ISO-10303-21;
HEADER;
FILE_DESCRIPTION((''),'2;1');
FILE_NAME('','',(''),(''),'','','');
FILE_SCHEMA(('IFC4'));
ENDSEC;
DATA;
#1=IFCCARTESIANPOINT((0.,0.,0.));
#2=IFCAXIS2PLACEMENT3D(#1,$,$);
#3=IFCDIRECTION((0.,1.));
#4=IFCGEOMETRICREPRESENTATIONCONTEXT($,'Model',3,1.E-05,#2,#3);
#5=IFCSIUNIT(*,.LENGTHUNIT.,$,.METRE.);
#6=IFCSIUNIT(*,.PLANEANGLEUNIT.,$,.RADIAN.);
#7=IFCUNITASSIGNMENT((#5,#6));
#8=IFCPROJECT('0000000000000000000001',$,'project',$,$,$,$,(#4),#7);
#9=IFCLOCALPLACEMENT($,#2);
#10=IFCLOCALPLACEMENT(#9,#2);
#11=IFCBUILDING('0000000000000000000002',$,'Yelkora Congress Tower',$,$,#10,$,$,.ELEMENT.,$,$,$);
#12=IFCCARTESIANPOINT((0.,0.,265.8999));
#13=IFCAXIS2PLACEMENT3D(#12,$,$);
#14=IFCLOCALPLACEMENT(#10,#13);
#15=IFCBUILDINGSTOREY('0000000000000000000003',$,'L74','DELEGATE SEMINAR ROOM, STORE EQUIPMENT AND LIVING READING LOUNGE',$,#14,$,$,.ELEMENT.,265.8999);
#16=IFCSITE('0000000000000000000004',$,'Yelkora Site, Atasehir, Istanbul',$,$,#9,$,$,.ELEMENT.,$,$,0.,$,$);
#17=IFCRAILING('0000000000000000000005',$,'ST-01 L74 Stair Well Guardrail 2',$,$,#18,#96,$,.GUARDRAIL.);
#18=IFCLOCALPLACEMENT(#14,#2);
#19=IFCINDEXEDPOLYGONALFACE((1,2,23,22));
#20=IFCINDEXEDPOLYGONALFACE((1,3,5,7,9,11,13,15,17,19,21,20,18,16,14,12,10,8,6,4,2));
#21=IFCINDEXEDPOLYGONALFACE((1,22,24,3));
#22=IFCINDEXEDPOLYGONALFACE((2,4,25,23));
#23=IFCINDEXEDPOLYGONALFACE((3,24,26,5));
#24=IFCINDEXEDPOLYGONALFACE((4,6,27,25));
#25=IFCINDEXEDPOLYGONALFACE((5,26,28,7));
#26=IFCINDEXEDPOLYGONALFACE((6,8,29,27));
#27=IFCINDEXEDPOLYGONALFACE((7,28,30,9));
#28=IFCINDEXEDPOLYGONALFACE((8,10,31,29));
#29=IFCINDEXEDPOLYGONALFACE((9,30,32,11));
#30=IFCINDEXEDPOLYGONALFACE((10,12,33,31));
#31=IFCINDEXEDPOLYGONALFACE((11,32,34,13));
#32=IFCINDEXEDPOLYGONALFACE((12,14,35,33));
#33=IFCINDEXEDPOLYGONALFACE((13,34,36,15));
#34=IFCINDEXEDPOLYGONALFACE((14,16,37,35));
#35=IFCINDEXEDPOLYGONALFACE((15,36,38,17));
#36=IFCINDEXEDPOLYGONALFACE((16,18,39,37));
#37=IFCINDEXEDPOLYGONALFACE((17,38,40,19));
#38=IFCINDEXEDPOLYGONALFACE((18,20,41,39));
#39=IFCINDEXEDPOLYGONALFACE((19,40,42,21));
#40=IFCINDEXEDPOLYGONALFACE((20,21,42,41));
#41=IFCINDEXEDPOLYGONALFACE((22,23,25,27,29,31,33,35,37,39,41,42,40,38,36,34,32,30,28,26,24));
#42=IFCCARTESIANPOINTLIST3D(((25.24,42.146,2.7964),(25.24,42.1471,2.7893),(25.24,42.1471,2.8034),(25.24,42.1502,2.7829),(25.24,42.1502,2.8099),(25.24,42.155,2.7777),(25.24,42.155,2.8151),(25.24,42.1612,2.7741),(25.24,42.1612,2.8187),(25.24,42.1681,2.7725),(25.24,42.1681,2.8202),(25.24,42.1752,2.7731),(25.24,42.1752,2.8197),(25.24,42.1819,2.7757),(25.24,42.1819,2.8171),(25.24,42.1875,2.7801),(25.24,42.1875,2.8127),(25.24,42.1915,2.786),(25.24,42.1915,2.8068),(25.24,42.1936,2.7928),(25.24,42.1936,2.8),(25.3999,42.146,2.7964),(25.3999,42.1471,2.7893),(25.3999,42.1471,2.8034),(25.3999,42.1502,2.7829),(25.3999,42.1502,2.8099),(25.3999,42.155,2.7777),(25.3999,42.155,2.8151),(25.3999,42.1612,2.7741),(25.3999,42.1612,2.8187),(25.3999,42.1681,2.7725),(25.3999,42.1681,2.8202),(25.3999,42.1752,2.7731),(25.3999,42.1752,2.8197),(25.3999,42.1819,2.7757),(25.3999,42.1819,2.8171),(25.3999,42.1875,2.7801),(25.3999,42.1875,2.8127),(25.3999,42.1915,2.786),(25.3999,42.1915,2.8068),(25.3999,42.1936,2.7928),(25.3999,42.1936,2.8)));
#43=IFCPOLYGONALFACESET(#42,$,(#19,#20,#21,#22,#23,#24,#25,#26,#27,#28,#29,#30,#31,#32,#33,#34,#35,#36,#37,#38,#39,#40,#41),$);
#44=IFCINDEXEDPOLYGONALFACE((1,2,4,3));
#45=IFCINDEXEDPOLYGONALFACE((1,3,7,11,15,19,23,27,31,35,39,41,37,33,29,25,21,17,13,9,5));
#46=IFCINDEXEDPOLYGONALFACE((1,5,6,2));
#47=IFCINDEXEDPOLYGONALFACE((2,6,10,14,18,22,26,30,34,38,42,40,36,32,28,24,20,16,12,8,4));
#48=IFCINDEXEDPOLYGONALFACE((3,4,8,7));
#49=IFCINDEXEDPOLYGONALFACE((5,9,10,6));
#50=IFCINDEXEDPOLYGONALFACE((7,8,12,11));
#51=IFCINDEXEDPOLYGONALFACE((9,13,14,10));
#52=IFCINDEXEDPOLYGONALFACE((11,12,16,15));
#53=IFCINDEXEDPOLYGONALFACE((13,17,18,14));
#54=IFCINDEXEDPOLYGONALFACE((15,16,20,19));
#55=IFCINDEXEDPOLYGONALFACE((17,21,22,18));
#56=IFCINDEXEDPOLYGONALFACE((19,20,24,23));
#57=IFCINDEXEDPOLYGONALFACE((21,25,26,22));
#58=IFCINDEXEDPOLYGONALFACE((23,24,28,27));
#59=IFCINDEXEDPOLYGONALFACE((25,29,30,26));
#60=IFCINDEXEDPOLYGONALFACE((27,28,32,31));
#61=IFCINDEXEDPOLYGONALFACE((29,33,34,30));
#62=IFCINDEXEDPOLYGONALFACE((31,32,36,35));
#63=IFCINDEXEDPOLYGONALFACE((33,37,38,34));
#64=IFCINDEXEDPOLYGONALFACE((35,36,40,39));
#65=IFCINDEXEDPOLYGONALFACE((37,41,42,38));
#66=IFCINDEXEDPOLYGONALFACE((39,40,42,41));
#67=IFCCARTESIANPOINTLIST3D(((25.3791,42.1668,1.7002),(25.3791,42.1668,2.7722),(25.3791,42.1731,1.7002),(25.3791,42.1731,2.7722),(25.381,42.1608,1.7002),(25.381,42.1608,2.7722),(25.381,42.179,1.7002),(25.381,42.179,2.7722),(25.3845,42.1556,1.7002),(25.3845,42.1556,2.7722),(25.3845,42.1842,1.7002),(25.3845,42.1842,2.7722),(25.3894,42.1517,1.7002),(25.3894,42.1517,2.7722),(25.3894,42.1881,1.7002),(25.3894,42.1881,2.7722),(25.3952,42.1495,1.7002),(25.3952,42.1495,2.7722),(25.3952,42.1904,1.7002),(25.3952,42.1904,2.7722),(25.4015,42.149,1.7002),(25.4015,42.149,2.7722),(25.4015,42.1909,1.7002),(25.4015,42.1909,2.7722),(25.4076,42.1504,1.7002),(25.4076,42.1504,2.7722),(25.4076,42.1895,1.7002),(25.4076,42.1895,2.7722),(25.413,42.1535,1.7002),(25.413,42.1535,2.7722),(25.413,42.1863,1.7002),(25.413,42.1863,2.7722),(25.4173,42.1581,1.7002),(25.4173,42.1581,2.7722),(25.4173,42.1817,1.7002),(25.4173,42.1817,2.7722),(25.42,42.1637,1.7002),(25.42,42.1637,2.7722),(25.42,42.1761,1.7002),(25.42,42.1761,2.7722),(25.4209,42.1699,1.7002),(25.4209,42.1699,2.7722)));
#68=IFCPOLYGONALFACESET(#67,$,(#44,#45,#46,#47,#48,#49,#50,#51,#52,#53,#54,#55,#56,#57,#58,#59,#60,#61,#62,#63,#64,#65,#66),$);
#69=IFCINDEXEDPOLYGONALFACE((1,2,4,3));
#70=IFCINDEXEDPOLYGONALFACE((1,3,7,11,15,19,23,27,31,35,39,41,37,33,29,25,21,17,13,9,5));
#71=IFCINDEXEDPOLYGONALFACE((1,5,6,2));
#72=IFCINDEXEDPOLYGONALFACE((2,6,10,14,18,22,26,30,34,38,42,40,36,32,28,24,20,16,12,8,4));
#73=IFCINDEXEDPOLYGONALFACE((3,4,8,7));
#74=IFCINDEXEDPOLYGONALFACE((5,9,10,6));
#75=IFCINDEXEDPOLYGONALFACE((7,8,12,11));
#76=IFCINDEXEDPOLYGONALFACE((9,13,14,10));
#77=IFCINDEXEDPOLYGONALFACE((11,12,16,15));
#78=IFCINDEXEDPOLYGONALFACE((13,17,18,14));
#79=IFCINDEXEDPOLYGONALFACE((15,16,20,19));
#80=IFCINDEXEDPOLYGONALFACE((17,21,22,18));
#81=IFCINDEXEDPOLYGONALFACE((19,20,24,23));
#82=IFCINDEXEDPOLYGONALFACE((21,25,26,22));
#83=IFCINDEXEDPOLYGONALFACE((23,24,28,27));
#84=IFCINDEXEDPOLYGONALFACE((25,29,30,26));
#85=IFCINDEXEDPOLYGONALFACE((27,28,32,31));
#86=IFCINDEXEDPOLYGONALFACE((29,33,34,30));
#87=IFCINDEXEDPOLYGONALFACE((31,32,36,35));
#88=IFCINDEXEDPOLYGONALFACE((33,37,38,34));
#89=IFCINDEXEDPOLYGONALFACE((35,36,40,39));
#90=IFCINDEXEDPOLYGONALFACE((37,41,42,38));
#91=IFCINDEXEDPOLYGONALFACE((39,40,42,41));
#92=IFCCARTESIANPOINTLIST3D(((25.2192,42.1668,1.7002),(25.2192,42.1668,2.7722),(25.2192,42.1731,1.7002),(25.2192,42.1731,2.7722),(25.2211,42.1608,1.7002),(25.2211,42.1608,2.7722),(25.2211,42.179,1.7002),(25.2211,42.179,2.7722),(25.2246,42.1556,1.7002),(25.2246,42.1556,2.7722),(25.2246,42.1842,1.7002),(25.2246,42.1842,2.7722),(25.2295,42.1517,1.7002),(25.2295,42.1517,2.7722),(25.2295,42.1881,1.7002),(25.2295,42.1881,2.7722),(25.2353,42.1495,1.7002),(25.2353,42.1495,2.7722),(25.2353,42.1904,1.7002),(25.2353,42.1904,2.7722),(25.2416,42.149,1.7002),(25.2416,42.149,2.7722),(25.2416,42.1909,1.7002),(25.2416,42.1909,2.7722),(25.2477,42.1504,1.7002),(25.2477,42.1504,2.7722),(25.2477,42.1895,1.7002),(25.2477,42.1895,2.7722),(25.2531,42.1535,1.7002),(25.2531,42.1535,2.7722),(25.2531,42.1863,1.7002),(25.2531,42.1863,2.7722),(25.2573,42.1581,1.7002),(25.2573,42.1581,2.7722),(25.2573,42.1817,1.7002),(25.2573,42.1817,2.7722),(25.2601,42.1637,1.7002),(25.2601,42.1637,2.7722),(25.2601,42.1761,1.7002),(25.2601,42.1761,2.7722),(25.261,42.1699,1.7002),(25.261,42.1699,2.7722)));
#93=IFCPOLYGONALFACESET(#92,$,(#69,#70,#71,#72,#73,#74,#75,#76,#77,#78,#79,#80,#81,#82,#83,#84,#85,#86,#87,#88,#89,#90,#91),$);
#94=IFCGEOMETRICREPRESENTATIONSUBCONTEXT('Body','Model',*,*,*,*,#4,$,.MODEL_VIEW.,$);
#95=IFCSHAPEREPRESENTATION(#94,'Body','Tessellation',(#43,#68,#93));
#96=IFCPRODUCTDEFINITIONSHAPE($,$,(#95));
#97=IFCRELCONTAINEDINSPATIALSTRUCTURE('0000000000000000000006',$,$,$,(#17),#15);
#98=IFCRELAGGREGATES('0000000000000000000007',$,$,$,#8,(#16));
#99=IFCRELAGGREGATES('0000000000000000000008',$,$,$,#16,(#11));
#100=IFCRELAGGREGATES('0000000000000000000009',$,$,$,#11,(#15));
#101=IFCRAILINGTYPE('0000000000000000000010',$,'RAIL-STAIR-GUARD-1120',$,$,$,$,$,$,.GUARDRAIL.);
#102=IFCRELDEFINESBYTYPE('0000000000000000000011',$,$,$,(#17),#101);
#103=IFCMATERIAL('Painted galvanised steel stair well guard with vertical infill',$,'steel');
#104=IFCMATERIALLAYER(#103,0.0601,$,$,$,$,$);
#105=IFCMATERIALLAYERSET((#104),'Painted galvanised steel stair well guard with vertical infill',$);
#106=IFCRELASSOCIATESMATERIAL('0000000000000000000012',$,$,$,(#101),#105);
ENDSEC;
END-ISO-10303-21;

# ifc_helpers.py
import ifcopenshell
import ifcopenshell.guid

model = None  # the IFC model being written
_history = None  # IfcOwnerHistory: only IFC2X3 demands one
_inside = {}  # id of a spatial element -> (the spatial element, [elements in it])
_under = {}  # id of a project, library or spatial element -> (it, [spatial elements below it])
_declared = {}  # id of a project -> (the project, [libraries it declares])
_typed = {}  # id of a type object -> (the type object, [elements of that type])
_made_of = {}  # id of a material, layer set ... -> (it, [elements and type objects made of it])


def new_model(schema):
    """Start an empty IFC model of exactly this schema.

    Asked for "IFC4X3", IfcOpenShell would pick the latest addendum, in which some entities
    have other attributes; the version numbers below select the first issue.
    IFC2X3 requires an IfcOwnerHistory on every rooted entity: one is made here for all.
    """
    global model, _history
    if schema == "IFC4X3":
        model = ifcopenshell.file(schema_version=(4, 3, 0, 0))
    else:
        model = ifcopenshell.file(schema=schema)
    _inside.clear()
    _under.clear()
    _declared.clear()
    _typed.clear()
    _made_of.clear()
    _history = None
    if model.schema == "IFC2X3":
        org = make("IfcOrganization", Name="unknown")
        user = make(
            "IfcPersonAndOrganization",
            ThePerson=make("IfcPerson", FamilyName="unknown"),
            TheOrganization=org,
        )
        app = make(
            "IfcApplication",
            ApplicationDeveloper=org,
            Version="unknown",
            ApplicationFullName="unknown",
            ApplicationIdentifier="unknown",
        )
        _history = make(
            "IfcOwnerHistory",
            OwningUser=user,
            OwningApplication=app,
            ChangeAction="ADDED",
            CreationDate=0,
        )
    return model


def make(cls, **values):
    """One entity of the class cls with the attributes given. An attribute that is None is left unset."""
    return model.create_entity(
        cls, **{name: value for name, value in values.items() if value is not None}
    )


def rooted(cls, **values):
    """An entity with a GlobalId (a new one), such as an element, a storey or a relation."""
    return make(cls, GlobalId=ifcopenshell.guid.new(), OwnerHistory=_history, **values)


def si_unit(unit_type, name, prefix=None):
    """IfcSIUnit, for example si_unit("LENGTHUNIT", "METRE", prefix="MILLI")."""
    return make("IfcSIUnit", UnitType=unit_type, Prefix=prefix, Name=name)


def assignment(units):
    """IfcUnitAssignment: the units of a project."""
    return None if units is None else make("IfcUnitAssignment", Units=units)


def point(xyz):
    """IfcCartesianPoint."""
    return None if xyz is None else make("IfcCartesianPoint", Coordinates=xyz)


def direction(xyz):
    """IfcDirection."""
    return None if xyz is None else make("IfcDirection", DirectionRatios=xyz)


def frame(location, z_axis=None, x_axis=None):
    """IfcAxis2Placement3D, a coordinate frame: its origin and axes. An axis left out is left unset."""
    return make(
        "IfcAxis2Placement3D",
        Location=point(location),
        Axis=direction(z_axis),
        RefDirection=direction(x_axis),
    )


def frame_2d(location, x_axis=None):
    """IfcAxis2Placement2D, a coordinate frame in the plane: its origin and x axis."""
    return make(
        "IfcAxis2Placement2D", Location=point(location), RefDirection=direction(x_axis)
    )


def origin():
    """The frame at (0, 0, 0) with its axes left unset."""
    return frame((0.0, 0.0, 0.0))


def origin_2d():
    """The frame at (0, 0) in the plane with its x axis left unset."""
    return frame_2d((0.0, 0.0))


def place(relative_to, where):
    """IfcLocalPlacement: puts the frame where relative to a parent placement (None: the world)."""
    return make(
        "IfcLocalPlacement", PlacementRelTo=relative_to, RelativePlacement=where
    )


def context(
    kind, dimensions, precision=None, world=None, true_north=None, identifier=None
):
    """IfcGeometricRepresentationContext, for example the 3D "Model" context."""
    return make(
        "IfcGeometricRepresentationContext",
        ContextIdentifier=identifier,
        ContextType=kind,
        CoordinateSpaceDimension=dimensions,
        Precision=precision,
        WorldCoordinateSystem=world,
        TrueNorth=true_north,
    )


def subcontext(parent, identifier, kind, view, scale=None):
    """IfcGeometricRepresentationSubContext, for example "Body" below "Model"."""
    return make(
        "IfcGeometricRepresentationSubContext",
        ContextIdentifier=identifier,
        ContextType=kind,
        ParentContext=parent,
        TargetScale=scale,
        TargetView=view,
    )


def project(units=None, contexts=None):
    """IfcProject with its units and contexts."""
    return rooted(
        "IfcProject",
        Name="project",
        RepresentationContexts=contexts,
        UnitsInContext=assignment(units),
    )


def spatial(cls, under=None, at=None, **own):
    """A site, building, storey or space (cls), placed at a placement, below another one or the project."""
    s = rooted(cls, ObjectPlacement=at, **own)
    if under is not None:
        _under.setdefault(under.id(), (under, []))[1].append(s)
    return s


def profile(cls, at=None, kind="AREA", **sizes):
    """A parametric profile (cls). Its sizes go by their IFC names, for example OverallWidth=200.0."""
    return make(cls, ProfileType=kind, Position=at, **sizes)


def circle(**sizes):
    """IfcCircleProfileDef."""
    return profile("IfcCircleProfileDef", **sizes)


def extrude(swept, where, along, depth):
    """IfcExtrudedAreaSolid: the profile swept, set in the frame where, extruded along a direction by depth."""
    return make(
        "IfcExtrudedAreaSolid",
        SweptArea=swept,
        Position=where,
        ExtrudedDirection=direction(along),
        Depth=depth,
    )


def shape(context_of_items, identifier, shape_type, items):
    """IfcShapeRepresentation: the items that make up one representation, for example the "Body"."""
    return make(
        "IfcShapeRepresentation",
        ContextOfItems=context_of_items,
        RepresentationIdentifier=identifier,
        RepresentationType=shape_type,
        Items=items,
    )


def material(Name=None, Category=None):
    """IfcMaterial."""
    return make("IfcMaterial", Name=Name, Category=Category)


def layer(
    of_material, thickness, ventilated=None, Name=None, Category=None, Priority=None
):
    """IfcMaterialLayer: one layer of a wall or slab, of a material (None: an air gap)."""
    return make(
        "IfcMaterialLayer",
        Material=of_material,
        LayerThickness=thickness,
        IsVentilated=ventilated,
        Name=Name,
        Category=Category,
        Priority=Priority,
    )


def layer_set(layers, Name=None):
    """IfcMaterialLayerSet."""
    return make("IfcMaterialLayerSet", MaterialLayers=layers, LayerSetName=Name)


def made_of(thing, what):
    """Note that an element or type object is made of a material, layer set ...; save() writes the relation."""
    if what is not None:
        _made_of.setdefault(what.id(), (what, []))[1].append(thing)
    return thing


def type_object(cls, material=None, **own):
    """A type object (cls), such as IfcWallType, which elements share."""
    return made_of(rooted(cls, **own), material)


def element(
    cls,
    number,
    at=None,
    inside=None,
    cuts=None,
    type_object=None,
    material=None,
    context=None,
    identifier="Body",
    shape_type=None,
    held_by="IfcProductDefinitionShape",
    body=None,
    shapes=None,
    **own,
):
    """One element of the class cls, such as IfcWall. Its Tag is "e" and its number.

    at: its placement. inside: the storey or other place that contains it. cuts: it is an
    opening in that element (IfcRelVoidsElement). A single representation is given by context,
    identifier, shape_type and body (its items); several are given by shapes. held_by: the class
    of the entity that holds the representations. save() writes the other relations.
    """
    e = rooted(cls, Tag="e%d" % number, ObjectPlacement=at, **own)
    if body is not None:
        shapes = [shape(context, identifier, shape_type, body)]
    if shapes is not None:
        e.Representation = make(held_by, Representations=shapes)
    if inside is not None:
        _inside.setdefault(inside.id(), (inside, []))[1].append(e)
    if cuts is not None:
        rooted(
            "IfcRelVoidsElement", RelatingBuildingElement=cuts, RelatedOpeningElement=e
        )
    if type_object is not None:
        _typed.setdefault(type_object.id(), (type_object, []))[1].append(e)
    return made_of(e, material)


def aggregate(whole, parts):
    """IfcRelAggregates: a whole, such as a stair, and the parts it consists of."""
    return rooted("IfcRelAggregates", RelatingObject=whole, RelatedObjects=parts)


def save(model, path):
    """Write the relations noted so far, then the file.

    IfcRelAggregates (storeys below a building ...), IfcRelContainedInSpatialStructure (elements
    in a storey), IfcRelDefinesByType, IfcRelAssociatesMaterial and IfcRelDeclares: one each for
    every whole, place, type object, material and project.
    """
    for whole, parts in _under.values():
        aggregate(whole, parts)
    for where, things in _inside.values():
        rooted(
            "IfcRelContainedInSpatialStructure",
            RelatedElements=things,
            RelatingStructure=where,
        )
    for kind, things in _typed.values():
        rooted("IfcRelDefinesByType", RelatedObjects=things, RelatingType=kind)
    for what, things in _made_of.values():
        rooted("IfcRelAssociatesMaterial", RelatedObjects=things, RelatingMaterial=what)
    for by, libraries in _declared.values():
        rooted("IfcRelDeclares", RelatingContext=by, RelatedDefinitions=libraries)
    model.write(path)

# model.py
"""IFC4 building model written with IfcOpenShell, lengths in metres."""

from ifc_helpers import new_model, si_unit, direction, frame, origin, origin_2d, place, context, subcontext, project, spatial, circle, extrude, material, layer, layer_set, type_object, element, save


model = new_model("IFC4")

# Units and contexts
model_context = context("Model", 3, precision=1e-05, world=origin(), true_north=direction((0.0, 1.0)))
body_context = subcontext(model_context, "Body", "Model", "MODEL_VIEW")
ifc_project = project(units=[si_unit("LENGTHUNIT", "METRE"), si_unit("PLANEANGLEUNIT", "RADIAN")], contexts=[model_context])

# Site, building, storey
site_placement = place(None, origin())
site = spatial("IfcSite", under=ifc_project, at=site_placement, Name="Yelkora Site, Atasehir, Istanbul", CompositionType="ELEMENT", RefElevation=0.0)
building_placement = place(site_placement, origin())
building = spatial("IfcBuilding", under=site, at=building_placement, Name="Yelkora Congress Tower", CompositionType="ELEMENT")
storey_placement = place(building_placement, frame((0.0, 0.0, 265.8999)))
storey = spatial("IfcBuildingStorey", under=building, at=storey_placement, Name="L74", Description="DELEGATE SEMINAR ROOM, STORE EQUIPMENT AND LIVING READING LOUNGE", CompositionType="ELEMENT", Elevation=265.8999)

# Railing
ifc_material_1 = material(Name="Painted galvanised steel stair well guard with vertical infill", Category="steel")
ifc_layer_1 = layer(ifc_material_1, 0.0601)
ifc_layer_set_1 = layer_set([ifc_layer_1], Name="Painted galvanised steel stair well guard with vertical infill")
railing_type = type_object("IfcRailingType", Name="RAIL-STAIR-GUARD-1120", PredefinedType="GUARDRAIL", material=ifc_layer_set_1)
railing_1_placement = place(storey_placement, frame((25.3999, 42.1699, 1.7002)))
element("IfcRailing", 1, at=railing_1_placement, inside=storey, type_object=railing_type, Name="ST-01 L74 Stair Well Guardrail 2", PredefinedType="GUARDRAIL", context=body_context, shape_type="SweptSolid", body=[
    extrude(circle(Radius=0.0239, at=origin_2d()), frame((0.0, 0.0, 1.0962), z_axis=(-1.0, 0.0, 0.0), x_axis=(0.0, -1.0, 0.0)), (0.0, 0.0, 1.0), 0.1599),
    extrude(circle(Radius=0.021, at=origin_2d()), origin(), (0.0, 0.0, 1.0), 1.072),
    extrude(circle(Radius=0.021, at=origin_2d()), frame((-0.1599, 0.0, 0.0)), (0.0, 0.0, 1.0), 1.072),
])

save(model, "model.ifc")
